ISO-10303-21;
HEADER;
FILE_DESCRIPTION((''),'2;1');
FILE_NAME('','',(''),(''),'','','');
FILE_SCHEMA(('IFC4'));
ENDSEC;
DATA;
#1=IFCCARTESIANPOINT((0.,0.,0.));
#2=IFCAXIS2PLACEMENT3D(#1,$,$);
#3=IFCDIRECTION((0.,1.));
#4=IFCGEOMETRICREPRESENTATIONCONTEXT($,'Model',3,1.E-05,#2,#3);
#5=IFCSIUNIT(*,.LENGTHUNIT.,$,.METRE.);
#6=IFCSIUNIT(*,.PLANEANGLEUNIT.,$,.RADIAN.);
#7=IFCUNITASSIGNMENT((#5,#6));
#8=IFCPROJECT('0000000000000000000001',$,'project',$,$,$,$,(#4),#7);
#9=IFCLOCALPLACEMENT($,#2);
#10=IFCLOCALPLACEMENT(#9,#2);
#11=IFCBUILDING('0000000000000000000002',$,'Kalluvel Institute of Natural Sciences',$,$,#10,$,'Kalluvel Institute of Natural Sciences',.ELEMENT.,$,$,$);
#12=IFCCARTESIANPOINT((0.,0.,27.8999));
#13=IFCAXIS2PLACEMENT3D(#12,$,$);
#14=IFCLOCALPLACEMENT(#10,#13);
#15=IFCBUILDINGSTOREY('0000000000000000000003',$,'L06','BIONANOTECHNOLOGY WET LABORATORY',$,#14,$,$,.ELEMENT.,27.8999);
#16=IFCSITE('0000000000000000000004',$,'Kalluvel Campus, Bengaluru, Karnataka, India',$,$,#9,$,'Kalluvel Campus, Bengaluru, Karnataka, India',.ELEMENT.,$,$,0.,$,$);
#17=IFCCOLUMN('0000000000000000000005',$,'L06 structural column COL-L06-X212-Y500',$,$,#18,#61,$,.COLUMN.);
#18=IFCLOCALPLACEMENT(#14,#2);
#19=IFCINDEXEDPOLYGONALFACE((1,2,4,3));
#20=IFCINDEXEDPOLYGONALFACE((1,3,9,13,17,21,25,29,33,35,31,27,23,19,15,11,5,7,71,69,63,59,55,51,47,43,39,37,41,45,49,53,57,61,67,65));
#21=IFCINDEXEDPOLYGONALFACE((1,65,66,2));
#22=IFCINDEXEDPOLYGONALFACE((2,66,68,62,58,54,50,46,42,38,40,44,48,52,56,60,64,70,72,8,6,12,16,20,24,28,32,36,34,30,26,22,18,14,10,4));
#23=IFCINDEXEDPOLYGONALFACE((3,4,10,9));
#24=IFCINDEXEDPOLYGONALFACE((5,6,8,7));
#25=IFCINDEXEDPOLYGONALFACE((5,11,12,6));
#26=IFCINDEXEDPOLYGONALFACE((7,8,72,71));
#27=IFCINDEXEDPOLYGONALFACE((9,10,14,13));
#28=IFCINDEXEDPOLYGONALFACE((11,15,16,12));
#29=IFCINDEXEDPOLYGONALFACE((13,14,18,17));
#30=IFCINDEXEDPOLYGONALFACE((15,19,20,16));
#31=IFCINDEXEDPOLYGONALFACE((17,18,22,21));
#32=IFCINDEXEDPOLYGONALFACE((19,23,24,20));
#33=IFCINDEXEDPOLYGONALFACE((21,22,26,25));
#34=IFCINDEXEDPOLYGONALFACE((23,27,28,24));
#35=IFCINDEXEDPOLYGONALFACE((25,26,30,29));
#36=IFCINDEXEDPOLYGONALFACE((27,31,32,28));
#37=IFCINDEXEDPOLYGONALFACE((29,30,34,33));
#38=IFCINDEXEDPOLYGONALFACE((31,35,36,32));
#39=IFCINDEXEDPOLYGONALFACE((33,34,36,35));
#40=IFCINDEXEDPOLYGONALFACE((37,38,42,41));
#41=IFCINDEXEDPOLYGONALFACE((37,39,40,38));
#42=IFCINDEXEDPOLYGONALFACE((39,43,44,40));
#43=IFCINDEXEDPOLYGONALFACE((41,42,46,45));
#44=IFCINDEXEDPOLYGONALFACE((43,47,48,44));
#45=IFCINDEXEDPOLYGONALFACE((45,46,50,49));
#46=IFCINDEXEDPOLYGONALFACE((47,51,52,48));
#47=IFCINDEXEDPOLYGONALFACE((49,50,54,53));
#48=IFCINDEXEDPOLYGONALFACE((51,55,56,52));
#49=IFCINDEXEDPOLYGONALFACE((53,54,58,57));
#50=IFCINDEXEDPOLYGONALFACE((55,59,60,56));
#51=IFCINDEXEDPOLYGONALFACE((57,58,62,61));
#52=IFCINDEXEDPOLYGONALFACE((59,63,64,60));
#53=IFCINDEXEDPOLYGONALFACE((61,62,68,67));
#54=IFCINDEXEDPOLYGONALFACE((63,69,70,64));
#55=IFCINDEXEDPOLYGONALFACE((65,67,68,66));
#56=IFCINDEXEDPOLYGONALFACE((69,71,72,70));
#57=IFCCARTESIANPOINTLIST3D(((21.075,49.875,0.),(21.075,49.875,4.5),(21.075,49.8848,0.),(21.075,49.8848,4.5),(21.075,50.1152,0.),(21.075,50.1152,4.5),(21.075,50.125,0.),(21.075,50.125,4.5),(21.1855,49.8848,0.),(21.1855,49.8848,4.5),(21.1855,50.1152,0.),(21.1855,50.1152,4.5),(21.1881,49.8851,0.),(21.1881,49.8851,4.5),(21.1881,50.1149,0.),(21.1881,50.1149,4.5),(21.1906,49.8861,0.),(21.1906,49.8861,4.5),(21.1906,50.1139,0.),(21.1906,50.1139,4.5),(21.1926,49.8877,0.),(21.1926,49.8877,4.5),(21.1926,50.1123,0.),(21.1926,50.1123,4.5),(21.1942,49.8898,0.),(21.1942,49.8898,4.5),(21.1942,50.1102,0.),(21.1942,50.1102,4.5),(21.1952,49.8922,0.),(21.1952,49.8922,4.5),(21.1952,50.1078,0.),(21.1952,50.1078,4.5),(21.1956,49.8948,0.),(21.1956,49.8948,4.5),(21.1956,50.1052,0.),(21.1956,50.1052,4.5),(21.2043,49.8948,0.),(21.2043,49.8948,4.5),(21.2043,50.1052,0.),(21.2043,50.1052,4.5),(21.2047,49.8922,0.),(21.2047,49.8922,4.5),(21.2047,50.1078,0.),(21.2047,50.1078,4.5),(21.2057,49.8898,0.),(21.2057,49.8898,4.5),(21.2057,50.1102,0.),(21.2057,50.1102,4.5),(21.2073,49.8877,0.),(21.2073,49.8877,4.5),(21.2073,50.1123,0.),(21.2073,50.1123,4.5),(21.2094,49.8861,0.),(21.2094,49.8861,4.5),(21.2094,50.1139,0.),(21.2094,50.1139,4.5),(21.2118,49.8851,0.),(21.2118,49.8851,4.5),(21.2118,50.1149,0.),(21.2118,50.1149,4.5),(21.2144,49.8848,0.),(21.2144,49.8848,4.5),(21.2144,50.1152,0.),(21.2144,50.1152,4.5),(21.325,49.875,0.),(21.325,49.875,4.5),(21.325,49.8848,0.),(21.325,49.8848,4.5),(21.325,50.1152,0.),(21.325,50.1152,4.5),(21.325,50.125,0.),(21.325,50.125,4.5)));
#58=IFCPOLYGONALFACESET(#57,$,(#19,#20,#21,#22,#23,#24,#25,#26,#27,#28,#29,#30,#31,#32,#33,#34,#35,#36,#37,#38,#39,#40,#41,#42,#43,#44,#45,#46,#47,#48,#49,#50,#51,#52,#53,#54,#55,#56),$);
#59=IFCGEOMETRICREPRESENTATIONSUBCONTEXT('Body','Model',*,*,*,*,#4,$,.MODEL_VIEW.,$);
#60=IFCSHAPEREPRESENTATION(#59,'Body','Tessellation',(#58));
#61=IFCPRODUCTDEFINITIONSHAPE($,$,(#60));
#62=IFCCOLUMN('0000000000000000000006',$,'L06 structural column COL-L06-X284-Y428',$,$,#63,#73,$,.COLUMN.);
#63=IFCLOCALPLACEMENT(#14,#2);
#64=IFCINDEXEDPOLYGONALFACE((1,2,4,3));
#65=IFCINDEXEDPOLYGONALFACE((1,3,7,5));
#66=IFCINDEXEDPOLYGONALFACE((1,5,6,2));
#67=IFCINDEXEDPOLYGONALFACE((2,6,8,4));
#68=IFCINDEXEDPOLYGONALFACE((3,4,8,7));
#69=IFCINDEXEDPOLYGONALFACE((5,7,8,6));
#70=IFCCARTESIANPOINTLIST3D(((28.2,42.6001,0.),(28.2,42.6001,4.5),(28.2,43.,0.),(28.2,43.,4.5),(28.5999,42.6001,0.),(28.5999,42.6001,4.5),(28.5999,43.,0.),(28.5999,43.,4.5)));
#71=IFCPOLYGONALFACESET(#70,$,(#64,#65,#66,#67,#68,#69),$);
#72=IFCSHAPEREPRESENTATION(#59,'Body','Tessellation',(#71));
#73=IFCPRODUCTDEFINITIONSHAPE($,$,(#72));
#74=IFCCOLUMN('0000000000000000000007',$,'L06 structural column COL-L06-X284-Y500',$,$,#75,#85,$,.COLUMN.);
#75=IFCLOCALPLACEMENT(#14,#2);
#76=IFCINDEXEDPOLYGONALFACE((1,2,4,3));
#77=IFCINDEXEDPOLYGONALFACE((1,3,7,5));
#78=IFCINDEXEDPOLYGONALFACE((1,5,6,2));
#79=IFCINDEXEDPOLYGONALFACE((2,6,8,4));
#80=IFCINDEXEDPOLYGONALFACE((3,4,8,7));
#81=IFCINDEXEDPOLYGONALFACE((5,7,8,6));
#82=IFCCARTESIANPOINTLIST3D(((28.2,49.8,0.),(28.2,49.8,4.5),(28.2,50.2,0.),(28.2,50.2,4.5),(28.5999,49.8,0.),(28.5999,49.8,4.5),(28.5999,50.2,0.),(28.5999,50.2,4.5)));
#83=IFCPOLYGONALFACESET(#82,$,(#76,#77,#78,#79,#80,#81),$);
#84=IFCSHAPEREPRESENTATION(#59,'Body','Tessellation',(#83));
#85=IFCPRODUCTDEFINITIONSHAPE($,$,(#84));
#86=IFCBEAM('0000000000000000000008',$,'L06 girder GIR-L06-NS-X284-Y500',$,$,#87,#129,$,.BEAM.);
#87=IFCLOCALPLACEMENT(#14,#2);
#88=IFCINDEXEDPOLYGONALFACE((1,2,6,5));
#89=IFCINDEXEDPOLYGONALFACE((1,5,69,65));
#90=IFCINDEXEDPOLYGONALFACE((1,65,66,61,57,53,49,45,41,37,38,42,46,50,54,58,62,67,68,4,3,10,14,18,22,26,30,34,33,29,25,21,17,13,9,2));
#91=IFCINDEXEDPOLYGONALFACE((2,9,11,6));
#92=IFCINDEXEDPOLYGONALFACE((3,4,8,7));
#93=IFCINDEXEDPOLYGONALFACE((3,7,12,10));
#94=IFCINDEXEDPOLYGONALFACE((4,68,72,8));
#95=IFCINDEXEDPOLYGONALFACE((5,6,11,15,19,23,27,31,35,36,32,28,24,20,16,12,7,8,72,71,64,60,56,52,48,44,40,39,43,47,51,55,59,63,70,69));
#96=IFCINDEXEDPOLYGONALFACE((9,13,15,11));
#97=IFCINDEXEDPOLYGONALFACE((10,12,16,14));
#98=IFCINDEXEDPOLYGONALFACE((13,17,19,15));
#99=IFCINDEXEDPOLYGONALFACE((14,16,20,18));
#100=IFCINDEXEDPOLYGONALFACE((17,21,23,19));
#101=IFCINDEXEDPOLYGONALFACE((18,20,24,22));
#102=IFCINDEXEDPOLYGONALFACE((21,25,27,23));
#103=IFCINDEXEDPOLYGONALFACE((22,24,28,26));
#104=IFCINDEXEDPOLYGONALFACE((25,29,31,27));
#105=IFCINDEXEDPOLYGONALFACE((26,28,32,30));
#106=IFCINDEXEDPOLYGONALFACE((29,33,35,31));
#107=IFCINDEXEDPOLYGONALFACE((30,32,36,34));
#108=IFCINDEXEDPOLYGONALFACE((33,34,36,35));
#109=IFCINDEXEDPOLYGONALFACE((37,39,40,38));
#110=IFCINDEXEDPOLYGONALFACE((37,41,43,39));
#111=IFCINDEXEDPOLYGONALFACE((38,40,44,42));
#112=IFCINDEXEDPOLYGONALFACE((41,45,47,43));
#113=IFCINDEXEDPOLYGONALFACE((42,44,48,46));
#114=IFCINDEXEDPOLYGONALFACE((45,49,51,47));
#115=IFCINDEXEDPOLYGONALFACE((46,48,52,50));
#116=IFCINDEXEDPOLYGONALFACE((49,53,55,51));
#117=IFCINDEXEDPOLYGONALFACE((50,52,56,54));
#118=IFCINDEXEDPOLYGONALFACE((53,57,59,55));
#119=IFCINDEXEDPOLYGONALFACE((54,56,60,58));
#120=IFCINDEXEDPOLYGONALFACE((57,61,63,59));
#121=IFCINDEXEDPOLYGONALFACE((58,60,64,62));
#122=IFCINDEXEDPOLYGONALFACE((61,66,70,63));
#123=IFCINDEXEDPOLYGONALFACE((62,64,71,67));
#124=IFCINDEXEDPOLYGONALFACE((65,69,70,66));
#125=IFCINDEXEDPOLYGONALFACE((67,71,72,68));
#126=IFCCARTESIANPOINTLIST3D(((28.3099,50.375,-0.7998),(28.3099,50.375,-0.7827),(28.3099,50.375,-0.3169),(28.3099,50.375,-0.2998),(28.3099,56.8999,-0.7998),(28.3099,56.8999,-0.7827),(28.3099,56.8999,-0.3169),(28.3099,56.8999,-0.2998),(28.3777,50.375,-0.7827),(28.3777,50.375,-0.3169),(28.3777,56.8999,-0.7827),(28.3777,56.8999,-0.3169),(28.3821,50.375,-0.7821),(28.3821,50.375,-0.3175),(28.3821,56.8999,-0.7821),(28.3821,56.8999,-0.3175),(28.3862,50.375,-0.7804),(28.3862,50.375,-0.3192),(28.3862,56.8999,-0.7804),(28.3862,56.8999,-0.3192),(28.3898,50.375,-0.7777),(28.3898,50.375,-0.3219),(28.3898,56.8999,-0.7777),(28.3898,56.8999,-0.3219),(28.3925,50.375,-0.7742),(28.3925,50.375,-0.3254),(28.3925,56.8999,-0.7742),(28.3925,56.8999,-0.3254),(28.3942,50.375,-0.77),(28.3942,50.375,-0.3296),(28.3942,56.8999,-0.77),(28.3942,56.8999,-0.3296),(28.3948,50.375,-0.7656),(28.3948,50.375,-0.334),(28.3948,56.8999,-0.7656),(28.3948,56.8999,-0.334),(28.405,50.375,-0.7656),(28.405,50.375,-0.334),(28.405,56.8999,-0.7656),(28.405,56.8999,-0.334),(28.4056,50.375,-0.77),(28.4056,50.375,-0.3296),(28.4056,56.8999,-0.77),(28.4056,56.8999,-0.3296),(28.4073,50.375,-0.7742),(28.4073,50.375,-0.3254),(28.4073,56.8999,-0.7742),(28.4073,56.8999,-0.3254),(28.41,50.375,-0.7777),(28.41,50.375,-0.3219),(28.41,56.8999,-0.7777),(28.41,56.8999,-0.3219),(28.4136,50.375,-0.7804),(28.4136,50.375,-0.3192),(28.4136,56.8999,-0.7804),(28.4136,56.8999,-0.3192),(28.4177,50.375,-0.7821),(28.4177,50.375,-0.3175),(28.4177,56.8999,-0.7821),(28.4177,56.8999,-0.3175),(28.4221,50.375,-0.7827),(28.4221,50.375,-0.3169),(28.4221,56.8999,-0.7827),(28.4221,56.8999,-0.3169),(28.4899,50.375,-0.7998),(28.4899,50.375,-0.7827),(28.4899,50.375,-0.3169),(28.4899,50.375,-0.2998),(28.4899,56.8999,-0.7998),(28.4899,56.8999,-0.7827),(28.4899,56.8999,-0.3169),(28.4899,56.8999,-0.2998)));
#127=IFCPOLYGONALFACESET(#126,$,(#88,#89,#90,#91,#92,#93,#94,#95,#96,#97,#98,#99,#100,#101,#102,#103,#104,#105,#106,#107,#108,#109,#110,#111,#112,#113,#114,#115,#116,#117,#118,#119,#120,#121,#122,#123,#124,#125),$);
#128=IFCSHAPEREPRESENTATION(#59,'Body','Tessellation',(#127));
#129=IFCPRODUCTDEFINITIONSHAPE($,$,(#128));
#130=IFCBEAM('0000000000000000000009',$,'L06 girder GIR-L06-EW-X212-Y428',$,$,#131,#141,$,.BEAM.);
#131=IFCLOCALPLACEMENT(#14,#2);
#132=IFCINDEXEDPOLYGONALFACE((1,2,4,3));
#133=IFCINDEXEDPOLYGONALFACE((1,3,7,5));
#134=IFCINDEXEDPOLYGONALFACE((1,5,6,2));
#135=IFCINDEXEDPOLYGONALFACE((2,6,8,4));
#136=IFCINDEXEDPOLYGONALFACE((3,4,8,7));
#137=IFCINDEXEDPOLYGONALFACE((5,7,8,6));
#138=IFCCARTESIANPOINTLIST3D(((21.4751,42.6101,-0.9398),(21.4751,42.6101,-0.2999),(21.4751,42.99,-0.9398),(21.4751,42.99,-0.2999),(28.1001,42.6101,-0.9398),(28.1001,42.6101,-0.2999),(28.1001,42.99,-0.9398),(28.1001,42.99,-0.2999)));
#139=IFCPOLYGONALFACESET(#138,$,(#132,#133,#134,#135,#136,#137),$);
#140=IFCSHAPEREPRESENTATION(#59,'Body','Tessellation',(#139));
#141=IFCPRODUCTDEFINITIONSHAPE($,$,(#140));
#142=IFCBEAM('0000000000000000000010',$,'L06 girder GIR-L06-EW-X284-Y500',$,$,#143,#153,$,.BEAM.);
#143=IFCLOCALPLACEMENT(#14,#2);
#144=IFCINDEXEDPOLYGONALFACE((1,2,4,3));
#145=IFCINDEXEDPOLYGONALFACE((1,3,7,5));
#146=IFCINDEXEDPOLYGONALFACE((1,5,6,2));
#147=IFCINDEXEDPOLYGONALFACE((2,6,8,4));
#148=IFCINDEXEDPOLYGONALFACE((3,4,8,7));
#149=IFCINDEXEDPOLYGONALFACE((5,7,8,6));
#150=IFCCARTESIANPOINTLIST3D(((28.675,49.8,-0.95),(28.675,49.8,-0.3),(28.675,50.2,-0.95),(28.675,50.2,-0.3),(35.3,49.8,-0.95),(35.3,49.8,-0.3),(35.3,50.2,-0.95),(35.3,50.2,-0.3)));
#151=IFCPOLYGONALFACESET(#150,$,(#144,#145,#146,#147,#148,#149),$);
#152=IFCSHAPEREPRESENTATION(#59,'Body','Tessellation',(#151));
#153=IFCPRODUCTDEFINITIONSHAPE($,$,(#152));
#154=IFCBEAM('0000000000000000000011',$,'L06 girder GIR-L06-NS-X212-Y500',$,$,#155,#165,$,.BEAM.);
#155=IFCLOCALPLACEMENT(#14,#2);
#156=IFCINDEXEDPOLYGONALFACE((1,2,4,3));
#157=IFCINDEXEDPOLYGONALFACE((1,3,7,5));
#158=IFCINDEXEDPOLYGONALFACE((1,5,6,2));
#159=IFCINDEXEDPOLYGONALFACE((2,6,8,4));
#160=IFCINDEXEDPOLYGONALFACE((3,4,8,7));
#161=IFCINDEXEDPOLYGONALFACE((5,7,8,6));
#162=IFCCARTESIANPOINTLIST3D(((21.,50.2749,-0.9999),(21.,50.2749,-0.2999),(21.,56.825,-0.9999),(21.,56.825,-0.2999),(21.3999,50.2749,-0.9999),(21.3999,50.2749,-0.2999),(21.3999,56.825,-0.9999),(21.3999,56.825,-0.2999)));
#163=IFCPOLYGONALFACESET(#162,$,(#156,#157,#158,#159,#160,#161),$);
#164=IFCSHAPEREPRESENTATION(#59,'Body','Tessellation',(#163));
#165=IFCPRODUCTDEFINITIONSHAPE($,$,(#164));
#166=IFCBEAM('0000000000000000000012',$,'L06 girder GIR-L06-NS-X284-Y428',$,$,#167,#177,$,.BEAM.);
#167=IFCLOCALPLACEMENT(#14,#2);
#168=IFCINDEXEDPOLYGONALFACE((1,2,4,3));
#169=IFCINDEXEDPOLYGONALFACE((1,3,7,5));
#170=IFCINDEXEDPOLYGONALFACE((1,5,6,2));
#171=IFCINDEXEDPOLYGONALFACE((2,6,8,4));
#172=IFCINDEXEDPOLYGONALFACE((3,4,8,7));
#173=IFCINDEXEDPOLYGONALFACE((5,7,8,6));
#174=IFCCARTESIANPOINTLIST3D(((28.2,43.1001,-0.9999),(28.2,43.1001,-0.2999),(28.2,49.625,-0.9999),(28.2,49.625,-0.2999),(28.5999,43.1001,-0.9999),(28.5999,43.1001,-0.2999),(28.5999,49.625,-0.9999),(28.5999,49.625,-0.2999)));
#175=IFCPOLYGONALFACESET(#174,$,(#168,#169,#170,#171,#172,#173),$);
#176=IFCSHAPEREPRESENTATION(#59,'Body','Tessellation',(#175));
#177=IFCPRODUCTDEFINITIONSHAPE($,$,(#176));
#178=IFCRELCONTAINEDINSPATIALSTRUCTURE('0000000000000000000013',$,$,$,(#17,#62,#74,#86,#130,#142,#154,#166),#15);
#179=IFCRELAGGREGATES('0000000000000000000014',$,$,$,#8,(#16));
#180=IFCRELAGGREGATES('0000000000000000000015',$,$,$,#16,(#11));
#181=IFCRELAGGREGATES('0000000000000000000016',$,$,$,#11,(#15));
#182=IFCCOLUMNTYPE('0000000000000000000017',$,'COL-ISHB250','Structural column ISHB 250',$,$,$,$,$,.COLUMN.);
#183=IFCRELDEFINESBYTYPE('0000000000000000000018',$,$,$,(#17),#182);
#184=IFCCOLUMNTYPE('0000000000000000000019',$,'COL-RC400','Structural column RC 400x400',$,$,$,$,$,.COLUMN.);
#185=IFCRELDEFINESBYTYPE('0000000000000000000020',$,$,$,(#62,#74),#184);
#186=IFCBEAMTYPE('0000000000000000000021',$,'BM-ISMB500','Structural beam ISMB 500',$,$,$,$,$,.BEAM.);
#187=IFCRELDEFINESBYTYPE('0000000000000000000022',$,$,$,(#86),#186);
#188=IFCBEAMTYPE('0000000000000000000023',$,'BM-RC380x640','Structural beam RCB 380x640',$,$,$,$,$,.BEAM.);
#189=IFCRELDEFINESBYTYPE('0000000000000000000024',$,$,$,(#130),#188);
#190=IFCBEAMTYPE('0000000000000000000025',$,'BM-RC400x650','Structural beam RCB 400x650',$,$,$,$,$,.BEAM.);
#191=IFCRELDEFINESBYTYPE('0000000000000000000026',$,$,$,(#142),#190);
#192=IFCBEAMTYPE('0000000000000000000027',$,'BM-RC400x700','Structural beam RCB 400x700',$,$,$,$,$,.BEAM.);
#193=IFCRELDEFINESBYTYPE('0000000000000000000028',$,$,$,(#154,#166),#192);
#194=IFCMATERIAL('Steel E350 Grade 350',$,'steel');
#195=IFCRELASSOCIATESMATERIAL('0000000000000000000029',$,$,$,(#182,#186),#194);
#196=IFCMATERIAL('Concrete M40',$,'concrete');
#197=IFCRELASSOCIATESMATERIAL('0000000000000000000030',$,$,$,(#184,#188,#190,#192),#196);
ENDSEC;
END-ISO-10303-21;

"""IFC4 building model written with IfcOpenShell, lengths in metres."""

from ifc_helpers import new_model, si_unit, direction, frame, origin, origin_2d, place, context, subcontext, project, spatial, rectangle, i_section, extrude, material, material_profile, profile_set, type_object, element, save


model = new_model("IFC4")

# Units and contexts
model_context = context("Model", 3, precision=1e-05, world=origin(), true_north=direction((0.0, 1.0)))
body_context = subcontext(model_context, "Body", "Model", "MODEL_VIEW")
ifc_project = project(units=[si_unit("LENGTHUNIT", "METRE"), si_unit("PLANEANGLEUNIT", "RADIAN")], contexts=[model_context])

# Site, building, storey
site_placement = place(None, origin())
site = spatial("IfcSite", under=ifc_project, at=site_placement, Name="Kalluvel Campus, Bengaluru, Karnataka, India", LongName="Kalluvel Campus, Bengaluru, Karnataka, India", CompositionType="ELEMENT", RefElevation=0.0)
building_placement = place(site_placement, origin())
building = spatial("IfcBuilding", under=site, at=building_placement, Name="Kalluvel Institute of Natural Sciences", LongName="Kalluvel Institute of Natural Sciences", CompositionType="ELEMENT")
storey_placement = place(building_placement, frame((0.0, 0.0, 27.8999)))
storey = spatial("IfcBuildingStorey", under=building, at=storey_placement, Name="L06", Description="BIONANOTECHNOLOGY WET LABORATORY", CompositionType="ELEMENT", Elevation=27.8999)

# Columns
ifc_material_1 = material(Name="Steel E350 Grade 350", Category="steel")
ifc_material_profile_1 = material_profile(ifc_material_1, i_section(OverallWidth=0.25, OverallDepth=0.25, WebThickness=0.0088, FlangeThickness=0.0098, FilletRadius=0.01, at=origin_2d()), Name="ISHB 250")
ifc_profile_set_1 = profile_set([ifc_material_profile_1], Name="Steel E350 Grade 350")
column_type_1 = type_object("IfcColumnType", Name="COL-ISHB250", Description="Structural column ISHB 250", PredefinedType="COLUMN", material=ifc_profile_set_1)
column_placement = place(storey_placement, frame((21.2, 50.0, 0.0), z_axis=(0.0, 0.0, 1.0), x_axis=(1.0, 0.0, 0.0)))
element("IfcColumn", 1, at=column_placement, inside=storey, type_object=column_type_1, Name="L06 structural column COL-L06-X212-Y500", PredefinedType="COLUMN", context=body_context, shape_type="SweptSolid", body=[
    extrude(i_section(OverallWidth=0.25, OverallDepth=0.25, WebThickness=0.0088, FlangeThickness=0.0098, FilletRadius=0.01, at=origin_2d()), origin(), (0.0, 0.0, 1.0), 4.5),
])
ifc_material_2 = material(Name="Concrete M40", Category="concrete")
ifc_material_profile_2 = material_profile(ifc_material_2, rectangle(XDim=0.3999, YDim=0.3999, at=origin_2d()), Name="RC 400x400")
ifc_profile_set_2 = profile_set([ifc_material_profile_2], Name="Concrete M40")
column_type_2 = type_object("IfcColumnType", Name="COL-RC400", Description="Structural column RC 400x400", PredefinedType="COLUMN", material=ifc_profile_set_2)
for number, where, z_axis, x_axis, name in (
    (2, (28.3999, 42.8, 0.0), (0.0, 0.0, 1.0), (1.0, 0.0, 0.0), "L06 structural column COL-L06-X284-Y428"),
    (3, (28.3999, 50.0, 0.0), (0.0, 0.0, 1.0), (1.0, 0.0, 0.0), "L06 structural column COL-L06-X284-Y500"),
):
    element("IfcColumn", number, at=place(storey_placement, frame(where, z_axis=z_axis, x_axis=x_axis)), inside=storey, type_object=column_type_2, Name=name, PredefinedType="COLUMN", context=body_context, shape_type="SweptSolid", body=[
        extrude(rectangle(XDim=0.3999, YDim=0.3999, at=origin_2d()), origin(), (0.0, 0.0, 1.0), 4.5),
    ])

# Beams
ifc_material_profile_3 = material_profile(ifc_material_1, i_section(OverallWidth=0.1799, OverallDepth=0.5, WebThickness=0.0103, FlangeThickness=0.0171, FilletRadius=0.0171, at=origin_2d()), Name="ISMB 500")
ifc_profile_set_3 = profile_set([ifc_material_profile_3], Name="Steel E350 Grade 350")
beam_type_1 = type_object("IfcBeamType", Name="BM-ISMB500", Description="Structural beam ISMB 500", PredefinedType="BEAM", material=ifc_profile_set_3)
beam_1_placement = place(storey_placement, frame((28.3999, 50.375, -0.5498), z_axis=(0.0, 1.0, 0.0), x_axis=(-1.0, 0.0, 0.0)))
element("IfcBeam", 4, at=beam_1_placement, inside=storey, type_object=beam_type_1, Name="L06 girder GIR-L06-NS-X284-Y500", PredefinedType="BEAM", context=body_context, shape_type="SweptSolid", body=[
    extrude(i_section(OverallWidth=0.1799, OverallDepth=0.5, WebThickness=0.0103, FlangeThickness=0.0171, FilletRadius=0.0171, at=origin_2d()), origin(), (0.0, 0.0, 1.0), 6.5249),
])
ifc_material_profile_4 = material_profile(ifc_material_2, rectangle(XDim=0.3799, YDim=0.6399, at=origin_2d()), Name="RCB 380x640")
ifc_profile_set_4 = profile_set([ifc_material_profile_4], Name="Concrete M40")
beam_type_2 = type_object("IfcBeamType", Name="BM-RC380x640", Description="Structural beam RCB 380x640", PredefinedType="BEAM", material=ifc_profile_set_4)
beam_2_placement = place(storey_placement, frame((21.4751, 42.8, -0.6199), z_axis=(1.0, 0.0, 0.0), x_axis=(0.0, 1.0, 0.0)))
element("IfcBeam", 5, at=beam_2_placement, inside=storey, type_object=beam_type_2, Name="L06 girder GIR-L06-EW-X212-Y428", PredefinedType="BEAM", context=body_context, shape_type="SweptSolid", body=[
    extrude(rectangle(XDim=0.3799, YDim=0.6399, at=origin_2d()), origin(), (0.0, 0.0, 1.0), 6.625),
])
ifc_material_profile_5 = material_profile(ifc_material_2, rectangle(XDim=0.3999, YDim=0.6499, at=origin_2d()), Name="RCB 400x650")
ifc_profile_set_5 = profile_set([ifc_material_profile_5], Name="Concrete M40")
beam_type_3 = type_object("IfcBeamType", Name="BM-RC400x650", Description="Structural beam RCB 400x650", PredefinedType="BEAM", material=ifc_profile_set_5)
beam_3_placement = place(storey_placement, frame((28.675, 50.0, -0.625), z_axis=(1.0, 0.0, 0.0), x_axis=(0.0, 1.0, 0.0)))
element("IfcBeam", 6, at=beam_3_placement, inside=storey, type_object=beam_type_3, Name="L06 girder GIR-L06-EW-X284-Y500", PredefinedType="BEAM", context=body_context, shape_type="SweptSolid", body=[
    extrude(rectangle(XDim=0.3999, YDim=0.6499, at=origin_2d()), origin(), (0.0, 0.0, 1.0), 6.625),
])
ifc_material_profile_6 = material_profile(ifc_material_2, rectangle(XDim=0.3999, YDim=0.7, at=origin_2d()), Name="RCB 400x700")
ifc_profile_set_6 = profile_set([ifc_material_profile_6], Name="Concrete M40")
beam_type_4 = type_object("IfcBeamType", Name="BM-RC400x700", Description="Structural beam RCB 400x700", PredefinedType="BEAM", material=ifc_profile_set_6)
beam_4_placement = place(storey_placement, frame((21.2, 50.2749, -0.6499), z_axis=(0.0, 1.0, 0.0), x_axis=(-1.0, 0.0, 0.0)))
element("IfcBeam", 7, at=beam_4_placement, inside=storey, type_object=beam_type_4, Name="L06 girder GIR-L06-NS-X212-Y500", PredefinedType="BEAM", context=body_context, shape_type="SweptSolid", body=[
    extrude(rectangle(XDim=0.3999, YDim=0.7, at=origin_2d()), origin(), (0.0, 0.0, 1.0), 6.55),
])
beam_5_placement = place(storey_placement, frame((28.3999, 43.1001, -0.6499), z_axis=(0.0, 1.0, 0.0), x_axis=(-1.0, 0.0, 0.0)))
element("IfcBeam", 8, at=beam_5_placement, inside=storey, type_object=beam_type_4, Name="L06 girder GIR-L06-NS-X284-Y428", PredefinedType="BEAM", context=body_context, shape_type="SweptSolid", body=[
    extrude(rectangle(XDim=0.3999, YDim=0.7, at=origin_2d()), origin(), (0.0, 0.0, 1.0), 6.5249),
])

save(model, "model.ifc")
